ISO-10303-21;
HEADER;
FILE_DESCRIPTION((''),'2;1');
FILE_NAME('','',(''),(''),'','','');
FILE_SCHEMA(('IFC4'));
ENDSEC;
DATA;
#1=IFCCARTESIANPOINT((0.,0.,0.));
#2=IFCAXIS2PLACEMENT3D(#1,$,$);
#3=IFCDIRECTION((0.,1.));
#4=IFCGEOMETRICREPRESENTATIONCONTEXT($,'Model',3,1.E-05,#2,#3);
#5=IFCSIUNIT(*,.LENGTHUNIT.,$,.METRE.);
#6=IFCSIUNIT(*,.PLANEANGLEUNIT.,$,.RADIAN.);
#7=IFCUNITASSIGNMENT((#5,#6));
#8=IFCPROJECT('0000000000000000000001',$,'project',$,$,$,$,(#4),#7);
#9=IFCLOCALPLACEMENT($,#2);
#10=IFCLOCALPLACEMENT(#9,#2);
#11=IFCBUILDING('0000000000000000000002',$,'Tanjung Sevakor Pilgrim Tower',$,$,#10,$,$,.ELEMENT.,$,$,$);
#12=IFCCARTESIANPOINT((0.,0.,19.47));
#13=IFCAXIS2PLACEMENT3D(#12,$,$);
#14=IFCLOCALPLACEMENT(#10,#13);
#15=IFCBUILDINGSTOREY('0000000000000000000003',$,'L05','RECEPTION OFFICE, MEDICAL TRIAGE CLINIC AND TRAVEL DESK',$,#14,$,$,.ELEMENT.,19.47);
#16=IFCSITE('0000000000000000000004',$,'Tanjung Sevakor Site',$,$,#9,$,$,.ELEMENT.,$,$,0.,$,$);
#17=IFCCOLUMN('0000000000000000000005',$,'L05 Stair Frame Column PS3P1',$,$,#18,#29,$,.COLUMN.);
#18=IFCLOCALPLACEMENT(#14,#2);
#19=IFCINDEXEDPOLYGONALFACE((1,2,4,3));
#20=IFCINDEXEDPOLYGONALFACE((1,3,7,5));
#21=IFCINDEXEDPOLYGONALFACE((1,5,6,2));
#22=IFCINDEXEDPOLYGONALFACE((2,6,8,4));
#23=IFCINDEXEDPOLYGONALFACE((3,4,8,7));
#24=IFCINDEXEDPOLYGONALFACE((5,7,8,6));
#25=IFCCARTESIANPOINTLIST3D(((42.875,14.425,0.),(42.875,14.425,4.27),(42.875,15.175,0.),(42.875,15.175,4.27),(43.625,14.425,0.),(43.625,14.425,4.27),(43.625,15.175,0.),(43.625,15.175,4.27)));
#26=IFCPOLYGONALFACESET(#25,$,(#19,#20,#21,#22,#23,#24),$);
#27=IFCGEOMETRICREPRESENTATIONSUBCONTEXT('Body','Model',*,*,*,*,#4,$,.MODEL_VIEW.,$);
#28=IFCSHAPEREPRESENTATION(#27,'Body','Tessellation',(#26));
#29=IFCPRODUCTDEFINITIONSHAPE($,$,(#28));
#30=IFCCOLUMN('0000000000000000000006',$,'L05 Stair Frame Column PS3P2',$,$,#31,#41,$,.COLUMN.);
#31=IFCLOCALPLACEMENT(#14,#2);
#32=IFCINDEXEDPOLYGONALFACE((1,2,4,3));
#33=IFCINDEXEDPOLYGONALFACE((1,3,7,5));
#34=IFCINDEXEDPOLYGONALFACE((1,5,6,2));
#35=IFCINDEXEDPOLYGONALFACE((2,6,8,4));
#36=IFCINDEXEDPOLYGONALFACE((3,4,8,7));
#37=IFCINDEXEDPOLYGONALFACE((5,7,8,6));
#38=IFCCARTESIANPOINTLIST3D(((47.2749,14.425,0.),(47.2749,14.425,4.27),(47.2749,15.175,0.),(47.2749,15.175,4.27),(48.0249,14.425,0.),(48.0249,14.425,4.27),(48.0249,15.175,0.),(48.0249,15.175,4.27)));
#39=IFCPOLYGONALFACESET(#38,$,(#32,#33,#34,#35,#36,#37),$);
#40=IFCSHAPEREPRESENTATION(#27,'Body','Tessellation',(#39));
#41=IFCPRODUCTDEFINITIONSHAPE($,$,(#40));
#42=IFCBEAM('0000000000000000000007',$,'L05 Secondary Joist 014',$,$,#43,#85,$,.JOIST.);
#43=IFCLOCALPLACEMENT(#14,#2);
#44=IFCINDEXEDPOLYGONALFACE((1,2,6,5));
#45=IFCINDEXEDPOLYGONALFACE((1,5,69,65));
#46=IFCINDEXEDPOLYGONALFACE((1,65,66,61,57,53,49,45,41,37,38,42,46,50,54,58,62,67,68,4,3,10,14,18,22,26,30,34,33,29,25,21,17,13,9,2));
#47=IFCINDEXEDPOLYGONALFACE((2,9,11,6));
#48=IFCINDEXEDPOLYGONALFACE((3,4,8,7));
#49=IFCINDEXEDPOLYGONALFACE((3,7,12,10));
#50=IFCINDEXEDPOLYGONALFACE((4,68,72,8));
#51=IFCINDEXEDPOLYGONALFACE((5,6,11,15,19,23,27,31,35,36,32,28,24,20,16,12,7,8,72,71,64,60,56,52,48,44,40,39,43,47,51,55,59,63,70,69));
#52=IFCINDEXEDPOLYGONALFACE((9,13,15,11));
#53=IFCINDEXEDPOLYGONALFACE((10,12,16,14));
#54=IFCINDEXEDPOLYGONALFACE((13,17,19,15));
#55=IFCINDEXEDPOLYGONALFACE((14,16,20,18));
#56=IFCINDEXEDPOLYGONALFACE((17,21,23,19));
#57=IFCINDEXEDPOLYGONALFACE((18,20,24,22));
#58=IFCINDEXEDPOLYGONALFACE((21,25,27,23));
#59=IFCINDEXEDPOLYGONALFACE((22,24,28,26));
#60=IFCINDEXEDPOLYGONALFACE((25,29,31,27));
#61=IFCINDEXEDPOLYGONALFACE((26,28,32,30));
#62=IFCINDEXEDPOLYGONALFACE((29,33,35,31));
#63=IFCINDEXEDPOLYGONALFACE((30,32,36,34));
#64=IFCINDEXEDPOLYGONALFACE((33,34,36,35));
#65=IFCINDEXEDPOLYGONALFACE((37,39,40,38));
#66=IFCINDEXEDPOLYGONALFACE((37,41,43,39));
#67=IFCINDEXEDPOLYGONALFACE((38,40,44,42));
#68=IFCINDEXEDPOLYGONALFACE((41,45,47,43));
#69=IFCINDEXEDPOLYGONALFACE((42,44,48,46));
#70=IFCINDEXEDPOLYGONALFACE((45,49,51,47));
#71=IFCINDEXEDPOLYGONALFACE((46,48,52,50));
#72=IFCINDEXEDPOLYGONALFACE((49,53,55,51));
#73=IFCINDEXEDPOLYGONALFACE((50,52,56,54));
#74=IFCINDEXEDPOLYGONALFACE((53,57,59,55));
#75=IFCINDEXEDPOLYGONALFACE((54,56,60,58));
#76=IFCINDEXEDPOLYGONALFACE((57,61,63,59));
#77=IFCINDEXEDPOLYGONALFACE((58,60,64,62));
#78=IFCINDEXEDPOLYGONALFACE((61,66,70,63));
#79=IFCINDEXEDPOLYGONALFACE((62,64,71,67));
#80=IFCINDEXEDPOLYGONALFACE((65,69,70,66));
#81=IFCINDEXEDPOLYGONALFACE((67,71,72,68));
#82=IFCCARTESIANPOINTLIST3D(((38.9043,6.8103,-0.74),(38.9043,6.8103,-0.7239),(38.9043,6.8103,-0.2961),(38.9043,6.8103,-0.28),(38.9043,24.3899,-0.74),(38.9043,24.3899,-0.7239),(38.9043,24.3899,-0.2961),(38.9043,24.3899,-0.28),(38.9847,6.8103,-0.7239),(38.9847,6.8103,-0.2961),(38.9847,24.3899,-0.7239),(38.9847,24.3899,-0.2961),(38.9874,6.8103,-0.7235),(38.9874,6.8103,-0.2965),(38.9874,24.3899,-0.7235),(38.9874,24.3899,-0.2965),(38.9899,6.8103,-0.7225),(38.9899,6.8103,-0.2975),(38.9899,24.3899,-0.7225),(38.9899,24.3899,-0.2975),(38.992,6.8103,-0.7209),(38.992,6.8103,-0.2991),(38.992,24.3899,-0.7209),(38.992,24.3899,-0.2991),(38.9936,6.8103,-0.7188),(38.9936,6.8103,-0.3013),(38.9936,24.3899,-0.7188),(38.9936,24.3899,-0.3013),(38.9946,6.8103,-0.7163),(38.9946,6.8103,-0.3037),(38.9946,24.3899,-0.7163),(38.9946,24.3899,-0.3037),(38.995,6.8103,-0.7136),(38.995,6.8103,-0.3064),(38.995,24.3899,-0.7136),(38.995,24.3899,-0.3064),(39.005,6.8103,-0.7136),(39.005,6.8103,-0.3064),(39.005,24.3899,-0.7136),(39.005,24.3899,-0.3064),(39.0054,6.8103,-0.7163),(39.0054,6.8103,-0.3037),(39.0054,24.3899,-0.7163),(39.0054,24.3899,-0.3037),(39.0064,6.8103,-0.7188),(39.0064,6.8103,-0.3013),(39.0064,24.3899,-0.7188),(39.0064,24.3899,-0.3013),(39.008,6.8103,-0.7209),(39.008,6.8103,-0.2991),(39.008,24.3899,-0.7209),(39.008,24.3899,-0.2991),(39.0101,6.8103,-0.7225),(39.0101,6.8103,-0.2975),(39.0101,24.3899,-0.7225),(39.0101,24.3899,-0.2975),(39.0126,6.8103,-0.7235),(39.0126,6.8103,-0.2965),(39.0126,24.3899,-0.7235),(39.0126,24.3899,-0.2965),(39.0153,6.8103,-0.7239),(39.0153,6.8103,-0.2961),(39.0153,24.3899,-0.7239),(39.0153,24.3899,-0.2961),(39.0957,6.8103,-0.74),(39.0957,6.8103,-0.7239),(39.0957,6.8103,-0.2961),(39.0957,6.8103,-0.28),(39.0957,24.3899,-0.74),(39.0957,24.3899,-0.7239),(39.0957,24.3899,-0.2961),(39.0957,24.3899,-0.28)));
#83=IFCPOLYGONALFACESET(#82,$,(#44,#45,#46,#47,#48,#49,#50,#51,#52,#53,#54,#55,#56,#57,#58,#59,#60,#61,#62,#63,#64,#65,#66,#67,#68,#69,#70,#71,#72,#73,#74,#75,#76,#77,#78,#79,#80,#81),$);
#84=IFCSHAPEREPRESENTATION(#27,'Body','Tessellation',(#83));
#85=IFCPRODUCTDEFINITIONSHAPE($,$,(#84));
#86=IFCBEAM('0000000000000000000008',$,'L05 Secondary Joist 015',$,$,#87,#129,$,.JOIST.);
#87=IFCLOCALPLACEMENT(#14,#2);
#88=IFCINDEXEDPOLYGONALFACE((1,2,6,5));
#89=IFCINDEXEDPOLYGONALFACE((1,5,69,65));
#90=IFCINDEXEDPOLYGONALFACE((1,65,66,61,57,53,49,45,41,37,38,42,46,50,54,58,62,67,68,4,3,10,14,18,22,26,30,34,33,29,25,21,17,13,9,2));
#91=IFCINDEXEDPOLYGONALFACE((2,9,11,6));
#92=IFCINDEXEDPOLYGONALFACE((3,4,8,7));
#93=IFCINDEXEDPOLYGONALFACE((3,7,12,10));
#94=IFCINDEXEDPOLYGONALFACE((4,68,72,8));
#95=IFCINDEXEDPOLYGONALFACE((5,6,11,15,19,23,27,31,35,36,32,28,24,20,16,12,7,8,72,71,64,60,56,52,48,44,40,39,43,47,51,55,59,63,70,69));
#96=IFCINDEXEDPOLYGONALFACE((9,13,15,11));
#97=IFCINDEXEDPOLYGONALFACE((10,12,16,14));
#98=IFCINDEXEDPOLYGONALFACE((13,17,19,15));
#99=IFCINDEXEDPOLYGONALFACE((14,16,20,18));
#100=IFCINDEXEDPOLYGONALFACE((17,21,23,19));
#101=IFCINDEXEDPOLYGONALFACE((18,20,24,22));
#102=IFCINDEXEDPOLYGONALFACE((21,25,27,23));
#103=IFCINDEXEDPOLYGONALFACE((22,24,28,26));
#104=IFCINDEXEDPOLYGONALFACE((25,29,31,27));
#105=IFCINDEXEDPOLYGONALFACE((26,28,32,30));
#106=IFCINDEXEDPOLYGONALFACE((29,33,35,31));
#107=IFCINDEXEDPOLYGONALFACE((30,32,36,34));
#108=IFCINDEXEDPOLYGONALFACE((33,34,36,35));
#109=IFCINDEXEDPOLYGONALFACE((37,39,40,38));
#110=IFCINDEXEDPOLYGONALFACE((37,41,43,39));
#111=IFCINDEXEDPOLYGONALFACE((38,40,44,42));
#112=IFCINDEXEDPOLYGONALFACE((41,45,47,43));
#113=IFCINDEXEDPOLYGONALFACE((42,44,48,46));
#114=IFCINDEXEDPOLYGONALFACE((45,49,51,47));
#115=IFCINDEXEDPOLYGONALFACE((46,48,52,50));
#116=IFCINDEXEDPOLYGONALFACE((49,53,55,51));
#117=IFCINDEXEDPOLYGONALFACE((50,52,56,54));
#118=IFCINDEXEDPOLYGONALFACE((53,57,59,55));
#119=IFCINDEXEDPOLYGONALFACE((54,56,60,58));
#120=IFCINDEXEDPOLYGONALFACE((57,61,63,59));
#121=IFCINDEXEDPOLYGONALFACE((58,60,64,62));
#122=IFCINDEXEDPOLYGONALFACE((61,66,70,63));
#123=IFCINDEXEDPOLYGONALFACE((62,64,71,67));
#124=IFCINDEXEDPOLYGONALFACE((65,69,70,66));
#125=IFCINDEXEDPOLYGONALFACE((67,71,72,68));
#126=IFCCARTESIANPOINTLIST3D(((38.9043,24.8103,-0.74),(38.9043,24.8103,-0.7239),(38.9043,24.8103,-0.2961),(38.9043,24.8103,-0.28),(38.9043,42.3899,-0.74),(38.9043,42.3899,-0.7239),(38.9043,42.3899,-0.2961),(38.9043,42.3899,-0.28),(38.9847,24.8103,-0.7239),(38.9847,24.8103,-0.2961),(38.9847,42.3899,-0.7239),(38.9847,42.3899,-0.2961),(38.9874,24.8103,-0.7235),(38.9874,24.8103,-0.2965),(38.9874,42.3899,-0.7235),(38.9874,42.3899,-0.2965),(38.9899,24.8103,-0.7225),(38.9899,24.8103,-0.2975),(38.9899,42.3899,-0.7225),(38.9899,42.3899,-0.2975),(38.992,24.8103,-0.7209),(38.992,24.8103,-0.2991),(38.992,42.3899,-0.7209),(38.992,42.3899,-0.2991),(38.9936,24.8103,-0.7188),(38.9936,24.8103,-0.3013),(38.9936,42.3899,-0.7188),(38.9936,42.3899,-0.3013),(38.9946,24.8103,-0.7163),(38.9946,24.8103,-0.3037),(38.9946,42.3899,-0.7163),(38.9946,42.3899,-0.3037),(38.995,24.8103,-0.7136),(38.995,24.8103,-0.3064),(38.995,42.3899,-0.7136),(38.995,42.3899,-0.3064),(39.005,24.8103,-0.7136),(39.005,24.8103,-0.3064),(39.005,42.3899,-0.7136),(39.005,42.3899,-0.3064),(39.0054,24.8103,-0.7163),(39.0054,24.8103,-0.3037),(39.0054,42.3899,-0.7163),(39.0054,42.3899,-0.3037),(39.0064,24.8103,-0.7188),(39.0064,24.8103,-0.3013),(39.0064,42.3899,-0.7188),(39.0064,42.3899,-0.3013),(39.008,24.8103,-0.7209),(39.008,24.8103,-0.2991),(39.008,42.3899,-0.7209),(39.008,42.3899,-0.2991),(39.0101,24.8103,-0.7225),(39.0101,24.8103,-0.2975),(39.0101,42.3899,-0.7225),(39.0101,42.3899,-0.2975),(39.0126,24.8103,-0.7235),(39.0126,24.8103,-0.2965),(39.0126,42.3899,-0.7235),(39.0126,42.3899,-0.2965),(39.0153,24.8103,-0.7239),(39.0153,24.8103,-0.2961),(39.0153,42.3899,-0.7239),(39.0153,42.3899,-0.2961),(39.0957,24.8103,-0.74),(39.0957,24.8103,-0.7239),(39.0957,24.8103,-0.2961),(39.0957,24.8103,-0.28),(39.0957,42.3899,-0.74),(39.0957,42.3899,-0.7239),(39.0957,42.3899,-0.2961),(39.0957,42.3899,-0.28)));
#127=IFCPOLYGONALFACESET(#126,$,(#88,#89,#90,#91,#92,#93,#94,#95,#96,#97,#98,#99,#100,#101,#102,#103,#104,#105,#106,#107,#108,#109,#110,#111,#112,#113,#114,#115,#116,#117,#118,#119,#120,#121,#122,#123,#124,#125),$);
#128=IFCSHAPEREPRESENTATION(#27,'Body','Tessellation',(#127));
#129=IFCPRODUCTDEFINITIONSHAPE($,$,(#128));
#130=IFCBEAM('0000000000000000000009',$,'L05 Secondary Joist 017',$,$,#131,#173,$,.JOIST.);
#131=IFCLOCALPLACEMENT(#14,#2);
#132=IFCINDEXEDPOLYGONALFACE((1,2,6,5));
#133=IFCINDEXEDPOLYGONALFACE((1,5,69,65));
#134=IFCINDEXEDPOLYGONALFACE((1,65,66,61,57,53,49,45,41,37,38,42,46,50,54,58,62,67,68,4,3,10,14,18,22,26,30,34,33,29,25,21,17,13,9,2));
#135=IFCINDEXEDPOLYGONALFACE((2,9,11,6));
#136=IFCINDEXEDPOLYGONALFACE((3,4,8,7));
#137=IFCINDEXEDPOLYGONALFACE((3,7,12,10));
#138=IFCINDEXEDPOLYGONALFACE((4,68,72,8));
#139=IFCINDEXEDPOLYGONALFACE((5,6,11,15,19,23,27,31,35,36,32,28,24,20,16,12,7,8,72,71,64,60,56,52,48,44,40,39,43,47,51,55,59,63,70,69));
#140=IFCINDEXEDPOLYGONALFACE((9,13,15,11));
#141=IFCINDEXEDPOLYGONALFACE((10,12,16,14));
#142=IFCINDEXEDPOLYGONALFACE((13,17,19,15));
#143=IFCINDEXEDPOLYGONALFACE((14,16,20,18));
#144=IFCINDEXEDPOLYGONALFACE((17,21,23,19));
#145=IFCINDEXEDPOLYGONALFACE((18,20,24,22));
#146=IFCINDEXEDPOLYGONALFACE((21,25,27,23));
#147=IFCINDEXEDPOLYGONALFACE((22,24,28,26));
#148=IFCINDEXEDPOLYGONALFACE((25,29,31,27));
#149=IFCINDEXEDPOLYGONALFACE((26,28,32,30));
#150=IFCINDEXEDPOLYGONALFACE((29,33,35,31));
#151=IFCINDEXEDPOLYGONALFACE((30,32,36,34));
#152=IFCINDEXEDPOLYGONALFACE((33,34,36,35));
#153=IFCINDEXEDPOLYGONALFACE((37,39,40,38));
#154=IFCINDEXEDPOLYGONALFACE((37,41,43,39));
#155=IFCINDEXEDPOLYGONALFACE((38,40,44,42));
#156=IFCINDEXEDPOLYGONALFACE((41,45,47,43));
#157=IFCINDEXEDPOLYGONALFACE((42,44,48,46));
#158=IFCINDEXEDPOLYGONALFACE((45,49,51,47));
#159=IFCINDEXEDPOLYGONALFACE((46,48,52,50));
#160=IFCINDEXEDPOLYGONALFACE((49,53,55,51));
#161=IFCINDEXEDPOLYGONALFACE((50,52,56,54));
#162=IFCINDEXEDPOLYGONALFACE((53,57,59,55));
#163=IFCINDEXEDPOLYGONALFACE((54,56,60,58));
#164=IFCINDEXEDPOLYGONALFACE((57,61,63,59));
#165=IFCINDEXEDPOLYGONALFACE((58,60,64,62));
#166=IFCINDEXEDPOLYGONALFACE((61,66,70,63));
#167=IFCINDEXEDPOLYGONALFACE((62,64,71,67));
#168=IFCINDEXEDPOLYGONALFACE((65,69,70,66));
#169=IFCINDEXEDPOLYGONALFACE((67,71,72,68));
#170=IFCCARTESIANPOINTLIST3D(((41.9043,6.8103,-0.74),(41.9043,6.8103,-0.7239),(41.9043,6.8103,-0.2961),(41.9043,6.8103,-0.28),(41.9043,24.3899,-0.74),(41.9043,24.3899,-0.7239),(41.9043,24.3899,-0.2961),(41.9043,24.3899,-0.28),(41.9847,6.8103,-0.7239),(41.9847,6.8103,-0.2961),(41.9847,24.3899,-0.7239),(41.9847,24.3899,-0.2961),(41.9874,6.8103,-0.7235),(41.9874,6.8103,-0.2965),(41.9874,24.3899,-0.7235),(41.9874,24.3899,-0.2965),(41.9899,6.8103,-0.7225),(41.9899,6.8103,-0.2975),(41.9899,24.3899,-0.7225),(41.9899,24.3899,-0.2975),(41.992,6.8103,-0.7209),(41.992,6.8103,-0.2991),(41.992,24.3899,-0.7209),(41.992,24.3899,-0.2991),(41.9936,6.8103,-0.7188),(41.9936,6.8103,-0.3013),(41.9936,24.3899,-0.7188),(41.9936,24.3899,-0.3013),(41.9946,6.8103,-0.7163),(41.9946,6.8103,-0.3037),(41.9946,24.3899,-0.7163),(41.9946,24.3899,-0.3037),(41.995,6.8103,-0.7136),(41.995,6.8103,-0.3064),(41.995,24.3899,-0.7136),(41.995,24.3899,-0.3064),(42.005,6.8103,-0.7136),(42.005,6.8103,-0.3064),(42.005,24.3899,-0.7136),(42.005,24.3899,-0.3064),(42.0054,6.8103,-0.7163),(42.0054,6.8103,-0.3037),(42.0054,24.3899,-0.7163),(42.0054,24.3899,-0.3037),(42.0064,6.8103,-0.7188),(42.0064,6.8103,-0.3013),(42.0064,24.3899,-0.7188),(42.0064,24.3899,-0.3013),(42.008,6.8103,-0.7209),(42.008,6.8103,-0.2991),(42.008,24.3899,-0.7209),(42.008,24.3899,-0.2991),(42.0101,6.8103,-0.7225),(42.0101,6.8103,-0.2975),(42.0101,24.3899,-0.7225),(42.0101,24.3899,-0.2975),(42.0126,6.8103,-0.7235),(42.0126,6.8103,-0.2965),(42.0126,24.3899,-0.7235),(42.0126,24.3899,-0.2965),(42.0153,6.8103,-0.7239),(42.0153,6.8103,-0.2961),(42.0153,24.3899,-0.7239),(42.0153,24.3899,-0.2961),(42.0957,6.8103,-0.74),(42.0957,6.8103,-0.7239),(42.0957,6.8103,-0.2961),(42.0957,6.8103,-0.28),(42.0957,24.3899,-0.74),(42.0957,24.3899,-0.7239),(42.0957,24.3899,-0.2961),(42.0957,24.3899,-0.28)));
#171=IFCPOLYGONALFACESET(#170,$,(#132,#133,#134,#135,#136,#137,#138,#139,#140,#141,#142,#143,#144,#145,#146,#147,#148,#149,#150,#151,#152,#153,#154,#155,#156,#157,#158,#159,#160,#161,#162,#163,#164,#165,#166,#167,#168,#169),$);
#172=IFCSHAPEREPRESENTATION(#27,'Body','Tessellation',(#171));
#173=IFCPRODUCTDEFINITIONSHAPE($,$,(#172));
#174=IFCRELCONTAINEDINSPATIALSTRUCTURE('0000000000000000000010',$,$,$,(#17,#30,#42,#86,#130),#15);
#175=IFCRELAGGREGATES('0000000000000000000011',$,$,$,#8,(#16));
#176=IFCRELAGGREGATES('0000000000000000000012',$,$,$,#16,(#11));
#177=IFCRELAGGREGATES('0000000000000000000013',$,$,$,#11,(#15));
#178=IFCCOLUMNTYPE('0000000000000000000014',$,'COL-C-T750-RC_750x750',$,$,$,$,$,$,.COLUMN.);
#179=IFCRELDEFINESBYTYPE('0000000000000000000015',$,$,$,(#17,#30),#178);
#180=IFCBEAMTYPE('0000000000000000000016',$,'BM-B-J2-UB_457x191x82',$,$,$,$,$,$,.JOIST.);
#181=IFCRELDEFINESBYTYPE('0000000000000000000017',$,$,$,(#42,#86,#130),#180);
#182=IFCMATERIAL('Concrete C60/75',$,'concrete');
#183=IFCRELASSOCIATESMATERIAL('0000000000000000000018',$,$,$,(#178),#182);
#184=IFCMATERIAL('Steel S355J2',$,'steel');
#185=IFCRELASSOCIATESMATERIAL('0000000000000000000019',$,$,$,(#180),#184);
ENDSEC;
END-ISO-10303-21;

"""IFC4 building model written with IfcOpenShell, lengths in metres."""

from ifc_helpers import new_model, si_unit, direction, frame, origin, origin_2d, place, context, subcontext, project, spatial, rectangle, i_section, extrude, material, material_profile, profile_set, type_object, element, save


model = new_model("IFC4")

# Units and contexts
model_context = context("Model", 3, precision=1e-05, world=origin(), true_north=direction((0.0, 1.0)))
body_context = subcontext(model_context, "Body", "Model", "MODEL_VIEW")
ifc_project = project(units=[si_unit("LENGTHUNIT", "METRE"), si_unit("PLANEANGLEUNIT", "RADIAN")], contexts=[model_context])

# Site, building, storey
site_placement = place(None, origin())
site = spatial("IfcSite", under=ifc_project, at=site_placement, Name="Tanjung Sevakor Site", CompositionType="ELEMENT", RefElevation=0.0)
building_placement = place(site_placement, origin())
building = spatial("IfcBuilding", under=site, at=building_placement, Name="Tanjung Sevakor Pilgrim Tower", CompositionType="ELEMENT")
storey_placement = place(building_placement, frame((0.0, 0.0, 19.47)))
storey = spatial("IfcBuildingStorey", under=building, at=storey_placement, Name="L05", Description="RECEPTION OFFICE, MEDICAL TRIAGE CLINIC AND TRAVEL DESK", CompositionType="ELEMENT", Elevation=19.47)

# Columns
ifc_material_1 = material(Name="Concrete C60/75", Category="concrete")
ifc_material_profile_1 = material_profile(ifc_material_1, rectangle(XDim=0.75, YDim=0.75, at=origin_2d()))
ifc_profile_set_1 = profile_set([ifc_material_profile_1], Name="Concrete C60/75")
column_type = type_object("IfcColumnType", Name="COL-C-T750-RC_750x750", PredefinedType="COLUMN", material=ifc_profile_set_1)
for number, where, z_axis, x_axis, name in (
    (1, (43.25, 14.8, 0.0), (0.0, 0.0, 1.0), (1.0, 0.0, 0.0), "L05 Stair Frame Column PS3P1"),
    (2, (47.6499, 14.8, 0.0), (0.0, 0.0, 1.0), (1.0, 0.0, 0.0), "L05 Stair Frame Column PS3P2"),
):
    element("IfcColumn", number, at=place(storey_placement, frame(where, z_axis=z_axis, x_axis=x_axis)), inside=storey, type_object=column_type, Name=name, PredefinedType="COLUMN", context=body_context, shape_type="SweptSolid", body=[
        extrude(rectangle(XDim=0.75, YDim=0.75, at=origin_2d()), origin(), (0.0, 0.0, 1.0), 4.27),
    ])

# Beams
ifc_material_2 = material(Name="Steel S355J2", Category="steel")
ifc_material_profile_2 = material_profile(ifc_material_2, i_section(OverallWidth=0.1914, OverallDepth=0.46, WebThickness=0.01, FlangeThickness=0.0161, FilletRadius=0.0103, at=origin_2d()))
ifc_profile_set_2 = profile_set([ifc_material_profile_2], Name="Steel S355J2")
beam_type_1 = type_object("IfcBeamType", Name="BM-B-J2-UB_457x191x82", PredefinedType="JOIST", material=ifc_profile_set_2)
for number, where, z_axis, x_axis, name in (
    (3, (39.0, 6.8103, -0.51), (0.0, 1.0, 0.0), (-1.0, 0.0, 0.0), "L05 Secondary Joist 014"),
    (4, (39.0, 24.8103, -0.51), (0.0, 1.0, 0.0), (-1.0, 0.0, 0.0), "L05 Secondary Joist 015"),
    (5, (42.0, 6.8103, -0.51), (0.0, 1.0, 0.0), (-1.0, 0.0, 0.0), "L05 Secondary Joist 017"),
):
    element("IfcBeam", number, at=place(storey_placement, frame(where, z_axis=z_axis, x_axis=x_axis)), inside=storey, type_object=beam_type_1, Name=name, PredefinedType="JOIST", context=body_context, shape_type="SweptSolid", body=[
        extrude(i_section(OverallWidth=0.1914, OverallDepth=0.46, WebThickness=0.01, FlangeThickness=0.0161, FilletRadius=0.0103, at=origin_2d()), origin(), (0.0, 0.0, 1.0), 17.5796),
    ])

save(model, "model.ifc")
